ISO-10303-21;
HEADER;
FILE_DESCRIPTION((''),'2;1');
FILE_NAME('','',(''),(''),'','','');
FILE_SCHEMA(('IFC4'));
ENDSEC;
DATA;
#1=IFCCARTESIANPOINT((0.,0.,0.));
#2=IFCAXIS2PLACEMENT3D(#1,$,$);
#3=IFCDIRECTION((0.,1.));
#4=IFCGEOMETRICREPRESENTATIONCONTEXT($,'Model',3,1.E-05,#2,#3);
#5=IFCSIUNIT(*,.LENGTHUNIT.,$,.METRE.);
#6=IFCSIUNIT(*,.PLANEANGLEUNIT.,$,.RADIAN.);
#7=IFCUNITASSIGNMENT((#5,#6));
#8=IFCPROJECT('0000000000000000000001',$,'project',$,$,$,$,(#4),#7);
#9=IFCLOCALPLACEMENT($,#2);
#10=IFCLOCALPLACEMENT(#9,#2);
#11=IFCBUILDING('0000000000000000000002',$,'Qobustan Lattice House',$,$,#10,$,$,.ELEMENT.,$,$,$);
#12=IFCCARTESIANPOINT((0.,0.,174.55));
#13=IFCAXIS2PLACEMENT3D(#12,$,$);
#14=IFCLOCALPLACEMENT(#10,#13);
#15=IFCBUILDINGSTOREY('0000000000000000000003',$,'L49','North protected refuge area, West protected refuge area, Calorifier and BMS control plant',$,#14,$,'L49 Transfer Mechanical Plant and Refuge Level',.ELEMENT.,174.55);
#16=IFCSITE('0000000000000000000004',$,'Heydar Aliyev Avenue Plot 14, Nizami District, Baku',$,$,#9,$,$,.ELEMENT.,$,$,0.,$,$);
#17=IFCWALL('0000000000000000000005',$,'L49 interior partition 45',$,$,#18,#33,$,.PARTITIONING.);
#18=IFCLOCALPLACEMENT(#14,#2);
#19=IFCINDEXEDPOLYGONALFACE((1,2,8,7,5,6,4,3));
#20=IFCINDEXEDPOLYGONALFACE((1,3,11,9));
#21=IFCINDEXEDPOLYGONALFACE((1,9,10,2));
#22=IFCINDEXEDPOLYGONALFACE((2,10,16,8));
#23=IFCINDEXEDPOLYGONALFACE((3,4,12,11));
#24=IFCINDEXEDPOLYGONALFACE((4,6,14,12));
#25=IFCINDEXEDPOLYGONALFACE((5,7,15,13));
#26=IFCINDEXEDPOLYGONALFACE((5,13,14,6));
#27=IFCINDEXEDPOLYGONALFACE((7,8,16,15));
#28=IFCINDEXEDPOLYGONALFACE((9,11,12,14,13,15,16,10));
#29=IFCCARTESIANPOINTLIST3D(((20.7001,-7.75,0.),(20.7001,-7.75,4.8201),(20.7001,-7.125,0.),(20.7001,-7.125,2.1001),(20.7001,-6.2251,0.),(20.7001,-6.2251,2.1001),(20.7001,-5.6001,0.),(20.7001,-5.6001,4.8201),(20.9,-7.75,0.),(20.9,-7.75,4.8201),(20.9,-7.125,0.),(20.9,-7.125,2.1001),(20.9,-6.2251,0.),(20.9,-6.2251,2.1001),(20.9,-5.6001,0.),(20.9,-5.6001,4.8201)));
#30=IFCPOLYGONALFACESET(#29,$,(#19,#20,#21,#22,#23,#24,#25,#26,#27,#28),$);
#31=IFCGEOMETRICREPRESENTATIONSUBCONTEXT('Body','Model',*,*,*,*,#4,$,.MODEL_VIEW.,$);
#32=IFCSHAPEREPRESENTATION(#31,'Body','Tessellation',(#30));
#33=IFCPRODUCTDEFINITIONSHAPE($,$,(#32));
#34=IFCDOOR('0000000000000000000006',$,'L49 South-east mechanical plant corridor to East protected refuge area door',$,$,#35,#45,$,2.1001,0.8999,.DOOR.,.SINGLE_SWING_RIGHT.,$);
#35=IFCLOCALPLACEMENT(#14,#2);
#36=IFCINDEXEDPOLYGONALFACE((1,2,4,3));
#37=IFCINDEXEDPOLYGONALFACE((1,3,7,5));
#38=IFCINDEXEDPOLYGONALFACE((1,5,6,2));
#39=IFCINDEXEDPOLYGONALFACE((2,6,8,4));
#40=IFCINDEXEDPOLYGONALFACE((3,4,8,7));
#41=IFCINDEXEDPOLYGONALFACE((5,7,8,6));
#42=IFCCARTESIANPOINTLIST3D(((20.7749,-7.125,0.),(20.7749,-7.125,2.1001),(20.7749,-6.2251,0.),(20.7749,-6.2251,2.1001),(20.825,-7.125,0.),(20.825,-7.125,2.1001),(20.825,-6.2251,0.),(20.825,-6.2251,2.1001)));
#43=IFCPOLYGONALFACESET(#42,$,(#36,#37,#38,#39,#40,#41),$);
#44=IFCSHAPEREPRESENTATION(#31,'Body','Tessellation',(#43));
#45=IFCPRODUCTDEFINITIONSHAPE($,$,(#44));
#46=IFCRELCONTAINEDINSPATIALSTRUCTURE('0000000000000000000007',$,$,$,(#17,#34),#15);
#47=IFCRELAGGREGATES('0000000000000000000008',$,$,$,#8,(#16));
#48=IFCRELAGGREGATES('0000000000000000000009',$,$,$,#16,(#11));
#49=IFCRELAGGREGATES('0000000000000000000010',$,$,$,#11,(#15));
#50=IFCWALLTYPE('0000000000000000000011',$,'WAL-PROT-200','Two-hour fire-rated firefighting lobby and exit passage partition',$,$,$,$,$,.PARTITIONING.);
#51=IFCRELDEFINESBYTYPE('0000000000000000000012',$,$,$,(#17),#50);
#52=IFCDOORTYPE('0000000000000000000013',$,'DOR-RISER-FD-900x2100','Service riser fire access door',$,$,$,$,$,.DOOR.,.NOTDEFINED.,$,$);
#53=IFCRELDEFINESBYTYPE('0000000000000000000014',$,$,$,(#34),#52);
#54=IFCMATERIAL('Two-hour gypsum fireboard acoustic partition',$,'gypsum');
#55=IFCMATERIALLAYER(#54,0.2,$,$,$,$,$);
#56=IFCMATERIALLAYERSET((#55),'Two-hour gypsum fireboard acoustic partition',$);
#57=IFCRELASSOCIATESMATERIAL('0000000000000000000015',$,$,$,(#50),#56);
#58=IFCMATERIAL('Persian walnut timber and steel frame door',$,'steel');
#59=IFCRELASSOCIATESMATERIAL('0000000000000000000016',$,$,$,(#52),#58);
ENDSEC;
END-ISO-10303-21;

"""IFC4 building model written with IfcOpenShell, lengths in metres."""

from ifc_helpers import new_model, si_unit, direction, frame, frame_2d, origin, place, context, subcontext, project, spatial, rectangle, extrude, material, layer, layer_set, type_object, element, fill, save


model = new_model("IFC4")

# Units and contexts
model_context = context("Model", 3, precision=1e-05, world=origin(), true_north=direction((0.0, 1.0)))
body_context = subcontext(model_context, "Body", "Model", "MODEL_VIEW")
ifc_project = project(units=[si_unit("LENGTHUNIT", "METRE"), si_unit("PLANEANGLEUNIT", "RADIAN")], contexts=[model_context])

# Site, building, storey
site_placement = place(None, origin())
site = spatial("IfcSite", under=ifc_project, at=site_placement, Name="Heydar Aliyev Avenue Plot 14, Nizami District, Baku", CompositionType="ELEMENT", RefElevation=0.0)
building_placement = place(site_placement, origin())
building = spatial("IfcBuilding", under=site, at=building_placement, Name="Qobustan Lattice House", CompositionType="ELEMENT")
storey_placement = place(building_placement, frame((0.0, 0.0, 174.55)))
storey = spatial("IfcBuildingStorey", under=building, at=storey_placement, Name="L49", Description="North protected refuge area, West protected refuge area, Calorifier and BMS control plant", LongName="L49 Transfer Mechanical Plant and Refuge Level", CompositionType="ELEMENT", Elevation=174.55)

# Shared definitions
ifc_material_1 = material(Name="Two-hour gypsum fireboard acoustic partition", Category="gypsum")
ifc_layer_1 = layer(ifc_material_1, 0.2)
ifc_layer_set_1 = layer_set([ifc_layer_1], Name="Two-hour gypsum fireboard acoustic partition")
wall_type = type_object("IfcWallType", Name="WAL-PROT-200", Description="Two-hour fire-rated firefighting lobby and exit passage partition", PredefinedType="PARTITIONING", material=ifc_layer_set_1)

# Wall, opening, door
wall_1_placement = place(storey_placement, frame((20.8, -5.6001, 0.0), z_axis=(0.0, 0.0, 1.0), x_axis=(0.0, -1.0, 0.0)))
wall_1 = element("IfcWall", 1, at=wall_1_placement, inside=storey, type_object=wall_type, Name="L49 interior partition 45", PredefinedType="PARTITIONING", context=body_context, shape_type="SweptSolid", body=[
    extrude(rectangle(XDim=2.1499, YDim=0.2, at=frame_2d((1.075, 0.0))), origin(), (0.0, 0.0, 1.0), 4.8201),
])
opening_placement = place(wall_1_placement, frame((0.625, 0.0, 0.0)))
opening = element("IfcOpeningElement", 2, at=opening_placement, cuts=wall_1, PredefinedType="OPENING", context=body_context, shape_type="SweptSolid", body=[
    extrude(rectangle(XDim=0.8999, YDim=2.1001, at=frame_2d((0.45, 1.05))), frame((0.0, 0.1099, 0.0), z_axis=(0.0, -1.0, 0.0), x_axis=(1.0, 0.0, 0.0)), (0.0, 0.0, 1.0), 0.22),
])
ifc_material_2 = material(Name="Persian walnut timber and steel frame door", Category="steel")
door_type = type_object("IfcDoorType", Name="DOR-RISER-FD-900x2100", Description="Service riser fire access door", OperationType="NOTDEFINED", PredefinedType="DOOR", material=ifc_material_2)
door_placement = place(opening_placement, origin())
door = element("IfcDoor", 3, at=door_placement, inside=storey, type_object=door_type, Name="L49 South-east mechanical plant corridor to East protected refuge area door", OperationType="SINGLE_SWING_RIGHT", OverallHeight=2.1001, OverallWidth=0.8999, PredefinedType="DOOR", context=body_context, shape_type="SweptSolid", body=[
    extrude(rectangle(XDim=0.8999, YDim=2.1001, at=frame_2d((0.45, 1.05))), frame((0.0, 0.0249, 0.0), z_axis=(0.0, -1.0, 0.0), x_axis=(1.0, 0.0, 0.0)), (0.0, 0.0, 1.0), 0.05),
])
fill(opening, door)

save(model, "model.ifc")
